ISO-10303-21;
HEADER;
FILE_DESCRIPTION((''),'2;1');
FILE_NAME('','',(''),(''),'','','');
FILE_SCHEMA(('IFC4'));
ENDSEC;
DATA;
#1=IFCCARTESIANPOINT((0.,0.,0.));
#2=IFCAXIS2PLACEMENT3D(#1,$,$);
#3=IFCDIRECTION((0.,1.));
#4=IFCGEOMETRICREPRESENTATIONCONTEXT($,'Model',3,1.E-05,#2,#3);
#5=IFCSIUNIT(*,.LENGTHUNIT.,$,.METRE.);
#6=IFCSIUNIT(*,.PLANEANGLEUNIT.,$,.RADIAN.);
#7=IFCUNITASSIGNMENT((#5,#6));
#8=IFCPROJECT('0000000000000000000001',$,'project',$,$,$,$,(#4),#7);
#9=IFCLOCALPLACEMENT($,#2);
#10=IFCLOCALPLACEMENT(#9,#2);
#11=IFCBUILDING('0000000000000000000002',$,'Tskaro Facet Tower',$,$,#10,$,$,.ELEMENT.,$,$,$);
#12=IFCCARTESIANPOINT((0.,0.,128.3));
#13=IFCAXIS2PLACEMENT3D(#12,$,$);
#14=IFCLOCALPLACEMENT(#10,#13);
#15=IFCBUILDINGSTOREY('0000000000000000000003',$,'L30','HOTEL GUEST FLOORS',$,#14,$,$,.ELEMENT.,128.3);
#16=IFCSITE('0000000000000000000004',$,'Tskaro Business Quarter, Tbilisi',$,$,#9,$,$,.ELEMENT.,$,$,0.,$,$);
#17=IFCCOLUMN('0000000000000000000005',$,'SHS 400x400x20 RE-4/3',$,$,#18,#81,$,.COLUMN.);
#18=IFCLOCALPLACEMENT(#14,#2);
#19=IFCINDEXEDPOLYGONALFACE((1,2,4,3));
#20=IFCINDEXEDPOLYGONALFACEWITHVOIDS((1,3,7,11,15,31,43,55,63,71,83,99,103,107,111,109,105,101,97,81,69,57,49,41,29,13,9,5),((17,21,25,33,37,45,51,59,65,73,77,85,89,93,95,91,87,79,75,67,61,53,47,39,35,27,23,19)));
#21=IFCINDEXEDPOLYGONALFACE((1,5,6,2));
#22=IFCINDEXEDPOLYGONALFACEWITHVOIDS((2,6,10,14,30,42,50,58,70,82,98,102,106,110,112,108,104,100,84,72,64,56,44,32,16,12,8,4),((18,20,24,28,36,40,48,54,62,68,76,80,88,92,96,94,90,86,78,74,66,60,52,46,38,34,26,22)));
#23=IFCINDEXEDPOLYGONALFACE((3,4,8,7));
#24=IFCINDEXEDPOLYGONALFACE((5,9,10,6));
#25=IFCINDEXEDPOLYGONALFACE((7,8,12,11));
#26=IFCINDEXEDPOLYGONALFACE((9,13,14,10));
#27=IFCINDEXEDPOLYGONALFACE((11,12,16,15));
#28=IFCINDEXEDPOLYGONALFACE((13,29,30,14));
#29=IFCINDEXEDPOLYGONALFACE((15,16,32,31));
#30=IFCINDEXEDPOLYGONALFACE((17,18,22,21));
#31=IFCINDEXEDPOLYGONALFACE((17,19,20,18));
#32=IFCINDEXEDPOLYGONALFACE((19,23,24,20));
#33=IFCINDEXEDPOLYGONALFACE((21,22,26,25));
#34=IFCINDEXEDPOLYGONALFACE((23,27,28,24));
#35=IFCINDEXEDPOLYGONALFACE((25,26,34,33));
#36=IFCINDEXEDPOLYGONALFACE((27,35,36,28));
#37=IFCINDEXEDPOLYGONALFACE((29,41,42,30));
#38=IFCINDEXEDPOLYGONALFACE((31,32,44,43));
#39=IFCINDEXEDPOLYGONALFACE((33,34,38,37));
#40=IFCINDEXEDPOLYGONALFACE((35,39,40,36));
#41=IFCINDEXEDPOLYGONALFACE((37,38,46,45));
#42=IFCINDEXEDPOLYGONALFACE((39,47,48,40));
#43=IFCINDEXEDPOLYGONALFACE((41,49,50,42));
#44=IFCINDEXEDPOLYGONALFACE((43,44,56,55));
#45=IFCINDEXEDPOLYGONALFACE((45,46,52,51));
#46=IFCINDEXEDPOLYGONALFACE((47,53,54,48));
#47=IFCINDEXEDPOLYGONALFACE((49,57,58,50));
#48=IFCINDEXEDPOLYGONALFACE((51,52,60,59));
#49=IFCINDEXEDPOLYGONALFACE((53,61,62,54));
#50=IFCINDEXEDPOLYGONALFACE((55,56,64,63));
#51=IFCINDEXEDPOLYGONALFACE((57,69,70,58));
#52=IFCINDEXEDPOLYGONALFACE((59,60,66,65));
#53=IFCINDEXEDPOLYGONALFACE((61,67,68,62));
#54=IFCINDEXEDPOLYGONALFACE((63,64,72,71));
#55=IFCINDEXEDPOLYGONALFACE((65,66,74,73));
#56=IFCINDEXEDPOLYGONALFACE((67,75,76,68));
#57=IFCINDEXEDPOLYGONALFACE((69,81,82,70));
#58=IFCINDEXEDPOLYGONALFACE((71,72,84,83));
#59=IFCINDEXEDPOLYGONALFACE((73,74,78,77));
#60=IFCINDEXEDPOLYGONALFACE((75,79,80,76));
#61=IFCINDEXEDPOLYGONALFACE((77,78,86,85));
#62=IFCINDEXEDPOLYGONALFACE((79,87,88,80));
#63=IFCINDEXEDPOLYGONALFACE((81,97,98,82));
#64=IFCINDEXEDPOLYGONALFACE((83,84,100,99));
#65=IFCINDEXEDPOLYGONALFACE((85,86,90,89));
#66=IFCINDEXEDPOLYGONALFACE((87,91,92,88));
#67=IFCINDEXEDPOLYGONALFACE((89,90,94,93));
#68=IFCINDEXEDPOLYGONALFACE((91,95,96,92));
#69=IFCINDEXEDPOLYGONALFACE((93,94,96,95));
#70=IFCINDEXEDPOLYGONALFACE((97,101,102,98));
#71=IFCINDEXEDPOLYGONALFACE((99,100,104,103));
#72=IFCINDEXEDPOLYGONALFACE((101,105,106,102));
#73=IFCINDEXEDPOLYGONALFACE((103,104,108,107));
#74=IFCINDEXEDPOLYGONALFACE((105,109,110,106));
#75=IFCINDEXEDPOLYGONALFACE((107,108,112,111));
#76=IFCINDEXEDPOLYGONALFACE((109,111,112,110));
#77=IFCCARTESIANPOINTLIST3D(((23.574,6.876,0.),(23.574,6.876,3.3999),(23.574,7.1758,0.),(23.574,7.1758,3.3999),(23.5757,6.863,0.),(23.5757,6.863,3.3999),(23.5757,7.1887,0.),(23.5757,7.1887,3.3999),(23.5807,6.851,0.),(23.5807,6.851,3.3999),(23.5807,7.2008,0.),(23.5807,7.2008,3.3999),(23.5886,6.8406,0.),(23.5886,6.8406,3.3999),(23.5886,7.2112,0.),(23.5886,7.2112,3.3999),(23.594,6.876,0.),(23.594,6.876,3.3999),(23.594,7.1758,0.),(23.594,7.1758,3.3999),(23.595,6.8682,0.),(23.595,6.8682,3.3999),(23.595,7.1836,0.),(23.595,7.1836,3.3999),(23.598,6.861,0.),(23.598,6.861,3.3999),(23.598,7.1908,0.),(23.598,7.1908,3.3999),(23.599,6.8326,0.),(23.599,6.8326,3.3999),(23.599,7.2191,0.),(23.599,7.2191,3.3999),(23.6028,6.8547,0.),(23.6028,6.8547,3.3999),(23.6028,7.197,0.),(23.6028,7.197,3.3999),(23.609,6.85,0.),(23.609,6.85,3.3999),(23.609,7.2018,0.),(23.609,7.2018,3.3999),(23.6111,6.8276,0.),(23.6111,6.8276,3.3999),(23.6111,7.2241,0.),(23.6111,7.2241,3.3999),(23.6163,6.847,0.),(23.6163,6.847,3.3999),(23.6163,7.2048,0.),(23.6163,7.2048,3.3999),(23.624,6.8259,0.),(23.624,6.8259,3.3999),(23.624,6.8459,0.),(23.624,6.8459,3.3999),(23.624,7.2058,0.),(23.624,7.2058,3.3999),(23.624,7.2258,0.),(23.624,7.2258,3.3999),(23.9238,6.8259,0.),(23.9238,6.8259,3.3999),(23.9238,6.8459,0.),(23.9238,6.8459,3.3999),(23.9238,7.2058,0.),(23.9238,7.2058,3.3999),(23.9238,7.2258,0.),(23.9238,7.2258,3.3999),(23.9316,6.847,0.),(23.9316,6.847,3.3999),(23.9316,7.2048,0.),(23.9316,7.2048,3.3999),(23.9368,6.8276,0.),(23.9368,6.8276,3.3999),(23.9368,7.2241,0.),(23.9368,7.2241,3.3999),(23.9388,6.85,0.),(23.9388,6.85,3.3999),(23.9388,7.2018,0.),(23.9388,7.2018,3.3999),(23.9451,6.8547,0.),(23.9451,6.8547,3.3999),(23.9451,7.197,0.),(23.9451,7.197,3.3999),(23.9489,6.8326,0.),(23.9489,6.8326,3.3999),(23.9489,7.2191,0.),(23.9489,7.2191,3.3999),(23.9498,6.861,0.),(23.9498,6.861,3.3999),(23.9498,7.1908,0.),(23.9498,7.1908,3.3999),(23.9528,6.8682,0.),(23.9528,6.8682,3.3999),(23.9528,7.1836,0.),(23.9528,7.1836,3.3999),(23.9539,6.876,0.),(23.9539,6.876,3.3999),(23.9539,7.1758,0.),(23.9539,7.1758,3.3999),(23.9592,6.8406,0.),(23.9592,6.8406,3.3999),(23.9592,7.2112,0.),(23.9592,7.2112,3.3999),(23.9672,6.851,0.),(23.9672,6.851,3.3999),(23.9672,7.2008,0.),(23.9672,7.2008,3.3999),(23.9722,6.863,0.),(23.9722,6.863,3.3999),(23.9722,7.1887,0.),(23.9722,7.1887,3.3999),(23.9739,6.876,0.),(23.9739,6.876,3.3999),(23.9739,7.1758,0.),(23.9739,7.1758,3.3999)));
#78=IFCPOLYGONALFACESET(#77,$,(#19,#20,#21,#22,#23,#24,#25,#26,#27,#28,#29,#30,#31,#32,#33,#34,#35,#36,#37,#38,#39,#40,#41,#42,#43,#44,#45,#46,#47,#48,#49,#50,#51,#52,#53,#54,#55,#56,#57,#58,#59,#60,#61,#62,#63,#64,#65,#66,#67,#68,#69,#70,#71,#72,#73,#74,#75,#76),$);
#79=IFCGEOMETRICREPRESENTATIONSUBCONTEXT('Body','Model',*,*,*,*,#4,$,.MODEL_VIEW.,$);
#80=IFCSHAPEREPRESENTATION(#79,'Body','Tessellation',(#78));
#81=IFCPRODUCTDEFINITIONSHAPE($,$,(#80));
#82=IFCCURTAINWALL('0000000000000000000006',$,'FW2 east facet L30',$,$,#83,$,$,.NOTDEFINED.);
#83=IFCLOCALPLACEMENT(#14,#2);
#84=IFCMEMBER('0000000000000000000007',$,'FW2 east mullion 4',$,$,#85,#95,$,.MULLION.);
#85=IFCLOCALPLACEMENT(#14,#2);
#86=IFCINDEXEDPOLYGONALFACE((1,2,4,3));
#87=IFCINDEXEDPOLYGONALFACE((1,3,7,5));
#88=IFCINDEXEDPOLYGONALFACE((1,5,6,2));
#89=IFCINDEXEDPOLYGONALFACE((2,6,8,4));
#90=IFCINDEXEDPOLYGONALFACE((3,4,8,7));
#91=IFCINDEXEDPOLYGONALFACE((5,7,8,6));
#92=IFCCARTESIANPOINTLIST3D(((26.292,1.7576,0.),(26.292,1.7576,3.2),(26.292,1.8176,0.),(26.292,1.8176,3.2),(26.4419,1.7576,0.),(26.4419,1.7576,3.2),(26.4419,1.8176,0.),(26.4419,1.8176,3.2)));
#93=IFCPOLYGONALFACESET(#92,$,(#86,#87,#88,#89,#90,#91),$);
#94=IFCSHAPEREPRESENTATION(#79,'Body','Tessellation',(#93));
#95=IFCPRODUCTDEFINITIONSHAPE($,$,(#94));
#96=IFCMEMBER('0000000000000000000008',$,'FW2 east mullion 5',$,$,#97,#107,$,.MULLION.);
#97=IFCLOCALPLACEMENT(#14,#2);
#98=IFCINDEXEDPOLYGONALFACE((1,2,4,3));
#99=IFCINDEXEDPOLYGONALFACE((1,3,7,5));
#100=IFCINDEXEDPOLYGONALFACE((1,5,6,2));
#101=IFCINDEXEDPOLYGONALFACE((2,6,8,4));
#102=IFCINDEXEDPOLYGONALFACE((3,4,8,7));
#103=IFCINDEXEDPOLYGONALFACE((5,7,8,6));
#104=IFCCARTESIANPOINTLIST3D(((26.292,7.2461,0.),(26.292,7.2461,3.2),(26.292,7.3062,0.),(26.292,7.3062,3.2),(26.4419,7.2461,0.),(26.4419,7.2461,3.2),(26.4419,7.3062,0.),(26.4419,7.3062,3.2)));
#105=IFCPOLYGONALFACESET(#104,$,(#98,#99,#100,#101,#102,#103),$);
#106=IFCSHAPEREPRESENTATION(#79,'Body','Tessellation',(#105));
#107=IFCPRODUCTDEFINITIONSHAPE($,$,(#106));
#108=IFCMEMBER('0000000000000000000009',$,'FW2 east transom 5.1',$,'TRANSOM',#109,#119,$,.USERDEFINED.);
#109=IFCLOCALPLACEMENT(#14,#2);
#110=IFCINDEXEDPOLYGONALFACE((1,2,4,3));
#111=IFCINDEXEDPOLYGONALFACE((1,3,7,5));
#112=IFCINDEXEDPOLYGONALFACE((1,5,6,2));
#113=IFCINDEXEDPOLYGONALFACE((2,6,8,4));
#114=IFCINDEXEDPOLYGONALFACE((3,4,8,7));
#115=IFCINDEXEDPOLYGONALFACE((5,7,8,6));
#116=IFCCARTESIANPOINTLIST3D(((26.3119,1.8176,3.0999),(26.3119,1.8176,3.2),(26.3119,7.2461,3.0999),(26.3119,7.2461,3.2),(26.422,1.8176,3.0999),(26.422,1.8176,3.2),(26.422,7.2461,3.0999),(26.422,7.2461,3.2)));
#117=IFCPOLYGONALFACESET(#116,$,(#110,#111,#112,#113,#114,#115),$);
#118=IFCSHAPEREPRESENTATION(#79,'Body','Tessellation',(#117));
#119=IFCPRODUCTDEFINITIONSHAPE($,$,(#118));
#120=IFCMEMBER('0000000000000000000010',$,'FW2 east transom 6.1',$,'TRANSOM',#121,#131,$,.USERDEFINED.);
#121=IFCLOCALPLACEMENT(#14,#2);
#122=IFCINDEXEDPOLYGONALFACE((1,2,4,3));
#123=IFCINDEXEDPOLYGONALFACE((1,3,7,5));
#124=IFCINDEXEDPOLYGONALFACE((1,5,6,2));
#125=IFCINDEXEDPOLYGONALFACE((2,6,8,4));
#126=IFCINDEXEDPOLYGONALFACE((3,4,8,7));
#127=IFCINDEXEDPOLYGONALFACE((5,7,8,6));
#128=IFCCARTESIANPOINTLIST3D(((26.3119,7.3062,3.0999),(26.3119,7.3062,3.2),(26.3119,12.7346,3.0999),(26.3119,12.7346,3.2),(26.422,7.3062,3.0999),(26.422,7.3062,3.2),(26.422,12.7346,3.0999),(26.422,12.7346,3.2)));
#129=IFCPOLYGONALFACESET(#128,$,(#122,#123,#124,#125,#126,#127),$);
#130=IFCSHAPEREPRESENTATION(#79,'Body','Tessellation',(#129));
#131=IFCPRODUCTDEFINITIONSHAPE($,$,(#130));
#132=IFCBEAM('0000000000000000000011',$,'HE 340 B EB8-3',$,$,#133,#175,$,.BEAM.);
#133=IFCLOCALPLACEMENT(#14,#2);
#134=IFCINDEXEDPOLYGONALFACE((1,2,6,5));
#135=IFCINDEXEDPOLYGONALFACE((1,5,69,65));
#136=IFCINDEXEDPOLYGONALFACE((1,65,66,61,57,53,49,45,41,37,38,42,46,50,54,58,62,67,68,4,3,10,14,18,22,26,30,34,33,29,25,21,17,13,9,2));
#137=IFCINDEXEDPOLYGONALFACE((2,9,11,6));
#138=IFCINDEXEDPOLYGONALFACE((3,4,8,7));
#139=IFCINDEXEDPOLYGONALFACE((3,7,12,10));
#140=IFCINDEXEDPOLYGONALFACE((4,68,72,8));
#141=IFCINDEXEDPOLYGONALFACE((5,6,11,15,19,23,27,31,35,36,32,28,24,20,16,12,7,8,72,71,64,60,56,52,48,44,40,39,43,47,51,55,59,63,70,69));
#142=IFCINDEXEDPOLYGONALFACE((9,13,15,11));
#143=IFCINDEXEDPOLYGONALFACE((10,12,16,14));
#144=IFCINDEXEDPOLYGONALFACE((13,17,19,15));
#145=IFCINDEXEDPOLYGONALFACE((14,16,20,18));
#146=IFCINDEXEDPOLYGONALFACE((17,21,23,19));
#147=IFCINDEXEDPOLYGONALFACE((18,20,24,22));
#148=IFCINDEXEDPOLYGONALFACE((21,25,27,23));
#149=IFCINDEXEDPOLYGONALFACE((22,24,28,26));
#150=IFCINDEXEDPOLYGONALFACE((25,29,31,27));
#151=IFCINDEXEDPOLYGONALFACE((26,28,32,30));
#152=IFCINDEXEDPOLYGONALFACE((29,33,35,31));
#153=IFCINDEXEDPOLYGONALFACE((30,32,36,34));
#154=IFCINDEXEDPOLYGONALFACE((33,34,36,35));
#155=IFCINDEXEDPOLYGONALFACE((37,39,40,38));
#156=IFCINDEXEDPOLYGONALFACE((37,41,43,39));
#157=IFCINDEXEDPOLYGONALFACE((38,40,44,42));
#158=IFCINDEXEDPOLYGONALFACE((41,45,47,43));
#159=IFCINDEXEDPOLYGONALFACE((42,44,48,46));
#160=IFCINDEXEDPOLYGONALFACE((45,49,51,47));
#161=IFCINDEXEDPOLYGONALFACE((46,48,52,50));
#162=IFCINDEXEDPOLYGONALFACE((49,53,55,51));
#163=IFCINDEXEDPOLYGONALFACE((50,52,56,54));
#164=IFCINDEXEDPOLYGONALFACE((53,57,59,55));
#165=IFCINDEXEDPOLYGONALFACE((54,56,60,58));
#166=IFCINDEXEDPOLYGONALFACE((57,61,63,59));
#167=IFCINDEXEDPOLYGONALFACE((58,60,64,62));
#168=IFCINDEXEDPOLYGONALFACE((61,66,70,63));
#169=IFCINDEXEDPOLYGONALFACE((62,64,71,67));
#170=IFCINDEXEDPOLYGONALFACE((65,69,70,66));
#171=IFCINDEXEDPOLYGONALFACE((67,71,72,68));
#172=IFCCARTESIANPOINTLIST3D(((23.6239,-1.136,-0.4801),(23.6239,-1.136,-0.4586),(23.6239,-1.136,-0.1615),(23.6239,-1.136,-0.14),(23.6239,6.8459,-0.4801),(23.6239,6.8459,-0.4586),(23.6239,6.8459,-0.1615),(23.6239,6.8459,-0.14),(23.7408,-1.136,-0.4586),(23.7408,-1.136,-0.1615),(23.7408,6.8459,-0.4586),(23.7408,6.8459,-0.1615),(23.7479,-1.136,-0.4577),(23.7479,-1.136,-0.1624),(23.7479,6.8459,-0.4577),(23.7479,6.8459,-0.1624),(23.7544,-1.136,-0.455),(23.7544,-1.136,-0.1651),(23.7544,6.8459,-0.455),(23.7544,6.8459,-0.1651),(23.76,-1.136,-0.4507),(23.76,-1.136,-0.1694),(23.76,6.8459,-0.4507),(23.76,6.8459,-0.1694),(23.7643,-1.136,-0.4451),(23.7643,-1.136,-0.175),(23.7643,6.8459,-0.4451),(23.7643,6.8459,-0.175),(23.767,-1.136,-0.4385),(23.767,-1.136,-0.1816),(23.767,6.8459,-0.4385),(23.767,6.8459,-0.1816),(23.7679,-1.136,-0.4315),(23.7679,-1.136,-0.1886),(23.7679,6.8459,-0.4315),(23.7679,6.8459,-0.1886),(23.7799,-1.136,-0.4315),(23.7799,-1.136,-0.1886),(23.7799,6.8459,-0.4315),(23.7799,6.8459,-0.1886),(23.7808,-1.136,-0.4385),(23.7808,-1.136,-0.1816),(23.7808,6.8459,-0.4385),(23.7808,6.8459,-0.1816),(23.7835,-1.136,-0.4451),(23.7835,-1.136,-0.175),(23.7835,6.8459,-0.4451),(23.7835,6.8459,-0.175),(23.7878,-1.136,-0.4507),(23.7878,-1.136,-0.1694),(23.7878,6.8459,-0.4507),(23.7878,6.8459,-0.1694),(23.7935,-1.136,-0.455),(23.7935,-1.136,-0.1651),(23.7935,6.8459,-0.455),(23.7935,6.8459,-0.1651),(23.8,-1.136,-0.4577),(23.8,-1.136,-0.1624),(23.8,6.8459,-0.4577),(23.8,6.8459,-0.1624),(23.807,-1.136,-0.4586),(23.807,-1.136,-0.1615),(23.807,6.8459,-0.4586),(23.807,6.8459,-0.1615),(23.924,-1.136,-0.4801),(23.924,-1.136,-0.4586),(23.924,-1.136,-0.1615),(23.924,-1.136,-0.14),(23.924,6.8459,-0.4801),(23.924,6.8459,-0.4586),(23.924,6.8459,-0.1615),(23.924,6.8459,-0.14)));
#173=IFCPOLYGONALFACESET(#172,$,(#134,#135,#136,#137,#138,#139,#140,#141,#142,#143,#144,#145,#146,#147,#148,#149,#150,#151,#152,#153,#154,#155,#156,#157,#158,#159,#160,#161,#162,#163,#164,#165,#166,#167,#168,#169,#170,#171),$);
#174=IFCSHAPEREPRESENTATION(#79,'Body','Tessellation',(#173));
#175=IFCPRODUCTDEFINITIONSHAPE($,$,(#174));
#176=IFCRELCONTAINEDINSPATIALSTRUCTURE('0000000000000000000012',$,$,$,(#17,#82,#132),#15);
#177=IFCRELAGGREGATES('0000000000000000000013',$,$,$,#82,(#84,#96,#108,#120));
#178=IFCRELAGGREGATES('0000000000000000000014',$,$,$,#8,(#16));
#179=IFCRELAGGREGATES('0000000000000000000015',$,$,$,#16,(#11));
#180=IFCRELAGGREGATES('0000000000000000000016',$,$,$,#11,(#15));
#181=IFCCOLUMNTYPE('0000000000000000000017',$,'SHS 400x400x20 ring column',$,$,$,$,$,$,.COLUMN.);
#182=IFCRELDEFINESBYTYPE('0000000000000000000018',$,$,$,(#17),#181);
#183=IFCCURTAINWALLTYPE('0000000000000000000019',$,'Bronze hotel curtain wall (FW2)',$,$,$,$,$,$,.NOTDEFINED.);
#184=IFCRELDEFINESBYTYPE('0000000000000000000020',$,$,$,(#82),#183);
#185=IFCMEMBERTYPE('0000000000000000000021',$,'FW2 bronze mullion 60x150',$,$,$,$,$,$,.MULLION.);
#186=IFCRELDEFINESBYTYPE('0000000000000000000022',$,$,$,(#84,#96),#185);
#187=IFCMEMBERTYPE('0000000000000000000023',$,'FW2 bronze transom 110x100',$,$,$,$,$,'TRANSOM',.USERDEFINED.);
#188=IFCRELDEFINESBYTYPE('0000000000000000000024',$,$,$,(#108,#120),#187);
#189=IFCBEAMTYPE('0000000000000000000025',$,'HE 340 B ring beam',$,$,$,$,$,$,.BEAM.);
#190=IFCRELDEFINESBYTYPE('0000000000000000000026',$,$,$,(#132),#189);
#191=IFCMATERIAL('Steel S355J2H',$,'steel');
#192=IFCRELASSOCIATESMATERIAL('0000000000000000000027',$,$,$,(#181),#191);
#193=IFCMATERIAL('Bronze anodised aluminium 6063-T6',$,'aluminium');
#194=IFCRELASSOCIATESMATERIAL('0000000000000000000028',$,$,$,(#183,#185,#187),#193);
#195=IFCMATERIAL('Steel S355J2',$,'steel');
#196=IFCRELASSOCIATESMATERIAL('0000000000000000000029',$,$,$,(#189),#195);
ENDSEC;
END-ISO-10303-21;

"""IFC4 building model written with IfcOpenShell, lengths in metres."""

from ifc_helpers import new_model, si_unit, direction, frame, origin, origin_2d, place, context, subcontext, project, spatial, rectangle, hollow_rectangle, i_section, extrude, material, material_profile, profile_set, type_object, element, aggregate, save


model = new_model("IFC4")

# Units and contexts
model_context = context("Model", 3, precision=1e-05, world=origin(), true_north=direction((0.0, 1.0)))
body_context = subcontext(model_context, "Body", "Model", "MODEL_VIEW")
ifc_project = project(units=[si_unit("LENGTHUNIT", "METRE"), si_unit("PLANEANGLEUNIT", "RADIAN")], contexts=[model_context])

# Site, building, storey
site_placement = place(None, origin())
site = spatial("IfcSite", under=ifc_project, at=site_placement, Name="Tskaro Business Quarter, Tbilisi", CompositionType="ELEMENT", RefElevation=0.0)
building_placement = place(site_placement, origin())
building = spatial("IfcBuilding", under=site, at=building_placement, Name="Tskaro Facet Tower", CompositionType="ELEMENT")
storey_placement = place(building_placement, frame((0.0, 0.0, 128.3)))
storey = spatial("IfcBuildingStorey", under=building, at=storey_placement, Name="L30", Description="HOTEL GUEST FLOORS", CompositionType="ELEMENT", Elevation=128.3)

# Column
ifc_material_1 = material(Name="Steel S355J2H", Category="steel")
ifc_material_profile_1 = material_profile(ifc_material_1, hollow_rectangle(XDim=0.3999, YDim=0.3999, WallThickness=0.02, InnerFilletRadius=0.03, OuterFilletRadius=0.05, at=origin_2d()), Name="SHS 400x400x20")
ifc_profile_set_1 = profile_set([ifc_material_profile_1], Name="Steel S355J2H")
column_type_1 = type_object("IfcColumnType", Name="SHS 400x400x20 ring column", PredefinedType="COLUMN", material=ifc_profile_set_1)
for number, where, z_axis, x_axis, name in (
    (1, (23.7739, 7.0259, 0.0), (0.0, 0.0, 1.0), (1.0, 0.0, 0.0), "SHS 400x400x20 RE-4/3"),
):
    element("IfcColumn", number, at=place(storey_placement, frame(where, z_axis=z_axis, x_axis=x_axis)), inside=storey, type_object=column_type_1, Name=name, PredefinedType="COLUMN", context=body_context, shape_type="SweptSolid", body=[
        extrude(hollow_rectangle(XDim=0.3999, YDim=0.3999, WallThickness=0.02, InnerFilletRadius=0.03, OuterFilletRadius=0.05, at=origin_2d()), origin(), (0.0, 0.0, 1.0), 3.3999),
    ])

# Curtain wall, members
ifc_material_2 = material(Name="Bronze anodised aluminium 6063-T6", Category="aluminium")
curtain_wall_type = type_object("IfcCurtainWallType", Name="Bronze hotel curtain wall (FW2)", PredefinedType="NOTDEFINED", material=ifc_material_2)
curtain_wall_placement = place(storey_placement, origin())
curtain_wall = element("IfcCurtainWall", 2, at=curtain_wall_placement, inside=storey, type_object=curtain_wall_type, Name="FW2 east facet L30", PredefinedType="NOTDEFINED")
ifc_material_profile_2 = material_profile(ifc_material_2, rectangle(XDim=0.0601, YDim=0.1499, at=origin_2d()), Name="Mullion 60x150")
ifc_profile_set_2 = profile_set([ifc_material_profile_2], Name="Bronze anodised aluminium 6063-T6")
member_type_1 = type_object("IfcMemberType", Name="FW2 bronze mullion 60x150", PredefinedType="MULLION", material=ifc_profile_set_2)
member_1_placement = place(storey_placement, frame((26.3669, 1.7876, 0.0), z_axis=(0.0, 0.0, 1.0), x_axis=(0.0, 1.0, 0.0)))
member_1 = element("IfcMember", 3, at=member_1_placement, type_object=member_type_1, Name="FW2 east mullion 4", PredefinedType="MULLION", context=body_context, shape_type="SweptSolid", body=[
    extrude(rectangle(XDim=0.0601, YDim=0.1499, at=origin_2d()), origin(), (0.0, 0.0, 1.0), 3.2),
])
member_2_placement = place(storey_placement, frame((26.3669, 7.2761, 0.0), z_axis=(0.0, 0.0, 1.0), x_axis=(0.0, 1.0, 0.0)))
member_2 = element("IfcMember", 4, at=member_2_placement, type_object=member_type_1, Name="FW2 east mullion 5", PredefinedType="MULLION", context=body_context, shape_type="SweptSolid", body=[
    extrude(rectangle(XDim=0.0601, YDim=0.1499, at=origin_2d()), origin(), (0.0, 0.0, 1.0), 3.2),
])
ifc_material_profile_3 = material_profile(ifc_material_2, rectangle(XDim=0.1101, YDim=0.1001, at=origin_2d()), Name="Transom 110x100")
ifc_profile_set_3 = profile_set([ifc_material_profile_3], Name="Bronze anodised aluminium 6063-T6")
member_type_2 = type_object("IfcMemberType", Name="FW2 bronze transom 110x100", ElementType="TRANSOM", PredefinedType="USERDEFINED", material=ifc_profile_set_3)
member_3_placement = place(storey_placement, frame((26.3669, 1.8176, 3.1499), z_axis=(0.0, 1.0, 0.0), x_axis=(-1.0, 0.0, 0.0)))
member_3 = element("IfcMember", 5, at=member_3_placement, type_object=member_type_2, Name="FW2 east transom 5.1", ObjectType="TRANSOM", PredefinedType="USERDEFINED", context=body_context, shape_type="SweptSolid", body=[
    extrude(rectangle(XDim=0.1101, YDim=0.1001, at=origin_2d()), origin(), (0.0, 0.0, 1.0), 5.4285),
])
member_4_placement = place(storey_placement, frame((26.3669, 7.3062, 3.1499), z_axis=(0.0, 1.0, 0.0), x_axis=(-1.0, 0.0, 0.0)))
member_4 = element("IfcMember", 6, at=member_4_placement, type_object=member_type_2, Name="FW2 east transom 6.1", ObjectType="TRANSOM", PredefinedType="USERDEFINED", context=body_context, shape_type="SweptSolid", body=[
    extrude(rectangle(XDim=0.1101, YDim=0.1001, at=origin_2d()), origin(), (0.0, 0.0, 1.0), 5.4285),
])

# Beam
ifc_material_3 = material(Name="Steel S355J2", Category="steel")
ifc_material_profile_4 = material_profile(ifc_material_3, i_section(OverallWidth=0.3, OverallDepth=0.3401, WebThickness=0.012, FlangeThickness=0.0215, FilletRadius=0.0271, at=origin_2d()), Name="HE 340 B")
ifc_profile_set_4 = profile_set([ifc_material_profile_4], Name="Steel S355J2")
beam_type_1 = type_object("IfcBeamType", Name="HE 340 B ring beam", PredefinedType="BEAM", material=ifc_profile_set_4)
for number, where, z_axis, x_axis, name in (
    (7, (23.7739, -1.136, -0.3101), (0.0, 1.0, 0.0), (-1.0, 0.0, 0.0), "HE 340 B EB8-3"),
):
    element("IfcBeam", number, at=place(storey_placement, frame(where, z_axis=z_axis, x_axis=x_axis)), inside=storey, type_object=beam_type_1, Name=name, PredefinedType="BEAM", context=body_context, shape_type="SweptSolid", body=[
        extrude(i_section(OverallWidth=0.3, OverallDepth=0.3401, WebThickness=0.012, FlangeThickness=0.0215, FilletRadius=0.0271, at=origin_2d()), origin(), (0.0, 0.0, 1.0), 7.9819),
    ])

aggregate(curtain_wall, [member_1, member_2, member_3, member_4])

save(model, "model.ifc")
